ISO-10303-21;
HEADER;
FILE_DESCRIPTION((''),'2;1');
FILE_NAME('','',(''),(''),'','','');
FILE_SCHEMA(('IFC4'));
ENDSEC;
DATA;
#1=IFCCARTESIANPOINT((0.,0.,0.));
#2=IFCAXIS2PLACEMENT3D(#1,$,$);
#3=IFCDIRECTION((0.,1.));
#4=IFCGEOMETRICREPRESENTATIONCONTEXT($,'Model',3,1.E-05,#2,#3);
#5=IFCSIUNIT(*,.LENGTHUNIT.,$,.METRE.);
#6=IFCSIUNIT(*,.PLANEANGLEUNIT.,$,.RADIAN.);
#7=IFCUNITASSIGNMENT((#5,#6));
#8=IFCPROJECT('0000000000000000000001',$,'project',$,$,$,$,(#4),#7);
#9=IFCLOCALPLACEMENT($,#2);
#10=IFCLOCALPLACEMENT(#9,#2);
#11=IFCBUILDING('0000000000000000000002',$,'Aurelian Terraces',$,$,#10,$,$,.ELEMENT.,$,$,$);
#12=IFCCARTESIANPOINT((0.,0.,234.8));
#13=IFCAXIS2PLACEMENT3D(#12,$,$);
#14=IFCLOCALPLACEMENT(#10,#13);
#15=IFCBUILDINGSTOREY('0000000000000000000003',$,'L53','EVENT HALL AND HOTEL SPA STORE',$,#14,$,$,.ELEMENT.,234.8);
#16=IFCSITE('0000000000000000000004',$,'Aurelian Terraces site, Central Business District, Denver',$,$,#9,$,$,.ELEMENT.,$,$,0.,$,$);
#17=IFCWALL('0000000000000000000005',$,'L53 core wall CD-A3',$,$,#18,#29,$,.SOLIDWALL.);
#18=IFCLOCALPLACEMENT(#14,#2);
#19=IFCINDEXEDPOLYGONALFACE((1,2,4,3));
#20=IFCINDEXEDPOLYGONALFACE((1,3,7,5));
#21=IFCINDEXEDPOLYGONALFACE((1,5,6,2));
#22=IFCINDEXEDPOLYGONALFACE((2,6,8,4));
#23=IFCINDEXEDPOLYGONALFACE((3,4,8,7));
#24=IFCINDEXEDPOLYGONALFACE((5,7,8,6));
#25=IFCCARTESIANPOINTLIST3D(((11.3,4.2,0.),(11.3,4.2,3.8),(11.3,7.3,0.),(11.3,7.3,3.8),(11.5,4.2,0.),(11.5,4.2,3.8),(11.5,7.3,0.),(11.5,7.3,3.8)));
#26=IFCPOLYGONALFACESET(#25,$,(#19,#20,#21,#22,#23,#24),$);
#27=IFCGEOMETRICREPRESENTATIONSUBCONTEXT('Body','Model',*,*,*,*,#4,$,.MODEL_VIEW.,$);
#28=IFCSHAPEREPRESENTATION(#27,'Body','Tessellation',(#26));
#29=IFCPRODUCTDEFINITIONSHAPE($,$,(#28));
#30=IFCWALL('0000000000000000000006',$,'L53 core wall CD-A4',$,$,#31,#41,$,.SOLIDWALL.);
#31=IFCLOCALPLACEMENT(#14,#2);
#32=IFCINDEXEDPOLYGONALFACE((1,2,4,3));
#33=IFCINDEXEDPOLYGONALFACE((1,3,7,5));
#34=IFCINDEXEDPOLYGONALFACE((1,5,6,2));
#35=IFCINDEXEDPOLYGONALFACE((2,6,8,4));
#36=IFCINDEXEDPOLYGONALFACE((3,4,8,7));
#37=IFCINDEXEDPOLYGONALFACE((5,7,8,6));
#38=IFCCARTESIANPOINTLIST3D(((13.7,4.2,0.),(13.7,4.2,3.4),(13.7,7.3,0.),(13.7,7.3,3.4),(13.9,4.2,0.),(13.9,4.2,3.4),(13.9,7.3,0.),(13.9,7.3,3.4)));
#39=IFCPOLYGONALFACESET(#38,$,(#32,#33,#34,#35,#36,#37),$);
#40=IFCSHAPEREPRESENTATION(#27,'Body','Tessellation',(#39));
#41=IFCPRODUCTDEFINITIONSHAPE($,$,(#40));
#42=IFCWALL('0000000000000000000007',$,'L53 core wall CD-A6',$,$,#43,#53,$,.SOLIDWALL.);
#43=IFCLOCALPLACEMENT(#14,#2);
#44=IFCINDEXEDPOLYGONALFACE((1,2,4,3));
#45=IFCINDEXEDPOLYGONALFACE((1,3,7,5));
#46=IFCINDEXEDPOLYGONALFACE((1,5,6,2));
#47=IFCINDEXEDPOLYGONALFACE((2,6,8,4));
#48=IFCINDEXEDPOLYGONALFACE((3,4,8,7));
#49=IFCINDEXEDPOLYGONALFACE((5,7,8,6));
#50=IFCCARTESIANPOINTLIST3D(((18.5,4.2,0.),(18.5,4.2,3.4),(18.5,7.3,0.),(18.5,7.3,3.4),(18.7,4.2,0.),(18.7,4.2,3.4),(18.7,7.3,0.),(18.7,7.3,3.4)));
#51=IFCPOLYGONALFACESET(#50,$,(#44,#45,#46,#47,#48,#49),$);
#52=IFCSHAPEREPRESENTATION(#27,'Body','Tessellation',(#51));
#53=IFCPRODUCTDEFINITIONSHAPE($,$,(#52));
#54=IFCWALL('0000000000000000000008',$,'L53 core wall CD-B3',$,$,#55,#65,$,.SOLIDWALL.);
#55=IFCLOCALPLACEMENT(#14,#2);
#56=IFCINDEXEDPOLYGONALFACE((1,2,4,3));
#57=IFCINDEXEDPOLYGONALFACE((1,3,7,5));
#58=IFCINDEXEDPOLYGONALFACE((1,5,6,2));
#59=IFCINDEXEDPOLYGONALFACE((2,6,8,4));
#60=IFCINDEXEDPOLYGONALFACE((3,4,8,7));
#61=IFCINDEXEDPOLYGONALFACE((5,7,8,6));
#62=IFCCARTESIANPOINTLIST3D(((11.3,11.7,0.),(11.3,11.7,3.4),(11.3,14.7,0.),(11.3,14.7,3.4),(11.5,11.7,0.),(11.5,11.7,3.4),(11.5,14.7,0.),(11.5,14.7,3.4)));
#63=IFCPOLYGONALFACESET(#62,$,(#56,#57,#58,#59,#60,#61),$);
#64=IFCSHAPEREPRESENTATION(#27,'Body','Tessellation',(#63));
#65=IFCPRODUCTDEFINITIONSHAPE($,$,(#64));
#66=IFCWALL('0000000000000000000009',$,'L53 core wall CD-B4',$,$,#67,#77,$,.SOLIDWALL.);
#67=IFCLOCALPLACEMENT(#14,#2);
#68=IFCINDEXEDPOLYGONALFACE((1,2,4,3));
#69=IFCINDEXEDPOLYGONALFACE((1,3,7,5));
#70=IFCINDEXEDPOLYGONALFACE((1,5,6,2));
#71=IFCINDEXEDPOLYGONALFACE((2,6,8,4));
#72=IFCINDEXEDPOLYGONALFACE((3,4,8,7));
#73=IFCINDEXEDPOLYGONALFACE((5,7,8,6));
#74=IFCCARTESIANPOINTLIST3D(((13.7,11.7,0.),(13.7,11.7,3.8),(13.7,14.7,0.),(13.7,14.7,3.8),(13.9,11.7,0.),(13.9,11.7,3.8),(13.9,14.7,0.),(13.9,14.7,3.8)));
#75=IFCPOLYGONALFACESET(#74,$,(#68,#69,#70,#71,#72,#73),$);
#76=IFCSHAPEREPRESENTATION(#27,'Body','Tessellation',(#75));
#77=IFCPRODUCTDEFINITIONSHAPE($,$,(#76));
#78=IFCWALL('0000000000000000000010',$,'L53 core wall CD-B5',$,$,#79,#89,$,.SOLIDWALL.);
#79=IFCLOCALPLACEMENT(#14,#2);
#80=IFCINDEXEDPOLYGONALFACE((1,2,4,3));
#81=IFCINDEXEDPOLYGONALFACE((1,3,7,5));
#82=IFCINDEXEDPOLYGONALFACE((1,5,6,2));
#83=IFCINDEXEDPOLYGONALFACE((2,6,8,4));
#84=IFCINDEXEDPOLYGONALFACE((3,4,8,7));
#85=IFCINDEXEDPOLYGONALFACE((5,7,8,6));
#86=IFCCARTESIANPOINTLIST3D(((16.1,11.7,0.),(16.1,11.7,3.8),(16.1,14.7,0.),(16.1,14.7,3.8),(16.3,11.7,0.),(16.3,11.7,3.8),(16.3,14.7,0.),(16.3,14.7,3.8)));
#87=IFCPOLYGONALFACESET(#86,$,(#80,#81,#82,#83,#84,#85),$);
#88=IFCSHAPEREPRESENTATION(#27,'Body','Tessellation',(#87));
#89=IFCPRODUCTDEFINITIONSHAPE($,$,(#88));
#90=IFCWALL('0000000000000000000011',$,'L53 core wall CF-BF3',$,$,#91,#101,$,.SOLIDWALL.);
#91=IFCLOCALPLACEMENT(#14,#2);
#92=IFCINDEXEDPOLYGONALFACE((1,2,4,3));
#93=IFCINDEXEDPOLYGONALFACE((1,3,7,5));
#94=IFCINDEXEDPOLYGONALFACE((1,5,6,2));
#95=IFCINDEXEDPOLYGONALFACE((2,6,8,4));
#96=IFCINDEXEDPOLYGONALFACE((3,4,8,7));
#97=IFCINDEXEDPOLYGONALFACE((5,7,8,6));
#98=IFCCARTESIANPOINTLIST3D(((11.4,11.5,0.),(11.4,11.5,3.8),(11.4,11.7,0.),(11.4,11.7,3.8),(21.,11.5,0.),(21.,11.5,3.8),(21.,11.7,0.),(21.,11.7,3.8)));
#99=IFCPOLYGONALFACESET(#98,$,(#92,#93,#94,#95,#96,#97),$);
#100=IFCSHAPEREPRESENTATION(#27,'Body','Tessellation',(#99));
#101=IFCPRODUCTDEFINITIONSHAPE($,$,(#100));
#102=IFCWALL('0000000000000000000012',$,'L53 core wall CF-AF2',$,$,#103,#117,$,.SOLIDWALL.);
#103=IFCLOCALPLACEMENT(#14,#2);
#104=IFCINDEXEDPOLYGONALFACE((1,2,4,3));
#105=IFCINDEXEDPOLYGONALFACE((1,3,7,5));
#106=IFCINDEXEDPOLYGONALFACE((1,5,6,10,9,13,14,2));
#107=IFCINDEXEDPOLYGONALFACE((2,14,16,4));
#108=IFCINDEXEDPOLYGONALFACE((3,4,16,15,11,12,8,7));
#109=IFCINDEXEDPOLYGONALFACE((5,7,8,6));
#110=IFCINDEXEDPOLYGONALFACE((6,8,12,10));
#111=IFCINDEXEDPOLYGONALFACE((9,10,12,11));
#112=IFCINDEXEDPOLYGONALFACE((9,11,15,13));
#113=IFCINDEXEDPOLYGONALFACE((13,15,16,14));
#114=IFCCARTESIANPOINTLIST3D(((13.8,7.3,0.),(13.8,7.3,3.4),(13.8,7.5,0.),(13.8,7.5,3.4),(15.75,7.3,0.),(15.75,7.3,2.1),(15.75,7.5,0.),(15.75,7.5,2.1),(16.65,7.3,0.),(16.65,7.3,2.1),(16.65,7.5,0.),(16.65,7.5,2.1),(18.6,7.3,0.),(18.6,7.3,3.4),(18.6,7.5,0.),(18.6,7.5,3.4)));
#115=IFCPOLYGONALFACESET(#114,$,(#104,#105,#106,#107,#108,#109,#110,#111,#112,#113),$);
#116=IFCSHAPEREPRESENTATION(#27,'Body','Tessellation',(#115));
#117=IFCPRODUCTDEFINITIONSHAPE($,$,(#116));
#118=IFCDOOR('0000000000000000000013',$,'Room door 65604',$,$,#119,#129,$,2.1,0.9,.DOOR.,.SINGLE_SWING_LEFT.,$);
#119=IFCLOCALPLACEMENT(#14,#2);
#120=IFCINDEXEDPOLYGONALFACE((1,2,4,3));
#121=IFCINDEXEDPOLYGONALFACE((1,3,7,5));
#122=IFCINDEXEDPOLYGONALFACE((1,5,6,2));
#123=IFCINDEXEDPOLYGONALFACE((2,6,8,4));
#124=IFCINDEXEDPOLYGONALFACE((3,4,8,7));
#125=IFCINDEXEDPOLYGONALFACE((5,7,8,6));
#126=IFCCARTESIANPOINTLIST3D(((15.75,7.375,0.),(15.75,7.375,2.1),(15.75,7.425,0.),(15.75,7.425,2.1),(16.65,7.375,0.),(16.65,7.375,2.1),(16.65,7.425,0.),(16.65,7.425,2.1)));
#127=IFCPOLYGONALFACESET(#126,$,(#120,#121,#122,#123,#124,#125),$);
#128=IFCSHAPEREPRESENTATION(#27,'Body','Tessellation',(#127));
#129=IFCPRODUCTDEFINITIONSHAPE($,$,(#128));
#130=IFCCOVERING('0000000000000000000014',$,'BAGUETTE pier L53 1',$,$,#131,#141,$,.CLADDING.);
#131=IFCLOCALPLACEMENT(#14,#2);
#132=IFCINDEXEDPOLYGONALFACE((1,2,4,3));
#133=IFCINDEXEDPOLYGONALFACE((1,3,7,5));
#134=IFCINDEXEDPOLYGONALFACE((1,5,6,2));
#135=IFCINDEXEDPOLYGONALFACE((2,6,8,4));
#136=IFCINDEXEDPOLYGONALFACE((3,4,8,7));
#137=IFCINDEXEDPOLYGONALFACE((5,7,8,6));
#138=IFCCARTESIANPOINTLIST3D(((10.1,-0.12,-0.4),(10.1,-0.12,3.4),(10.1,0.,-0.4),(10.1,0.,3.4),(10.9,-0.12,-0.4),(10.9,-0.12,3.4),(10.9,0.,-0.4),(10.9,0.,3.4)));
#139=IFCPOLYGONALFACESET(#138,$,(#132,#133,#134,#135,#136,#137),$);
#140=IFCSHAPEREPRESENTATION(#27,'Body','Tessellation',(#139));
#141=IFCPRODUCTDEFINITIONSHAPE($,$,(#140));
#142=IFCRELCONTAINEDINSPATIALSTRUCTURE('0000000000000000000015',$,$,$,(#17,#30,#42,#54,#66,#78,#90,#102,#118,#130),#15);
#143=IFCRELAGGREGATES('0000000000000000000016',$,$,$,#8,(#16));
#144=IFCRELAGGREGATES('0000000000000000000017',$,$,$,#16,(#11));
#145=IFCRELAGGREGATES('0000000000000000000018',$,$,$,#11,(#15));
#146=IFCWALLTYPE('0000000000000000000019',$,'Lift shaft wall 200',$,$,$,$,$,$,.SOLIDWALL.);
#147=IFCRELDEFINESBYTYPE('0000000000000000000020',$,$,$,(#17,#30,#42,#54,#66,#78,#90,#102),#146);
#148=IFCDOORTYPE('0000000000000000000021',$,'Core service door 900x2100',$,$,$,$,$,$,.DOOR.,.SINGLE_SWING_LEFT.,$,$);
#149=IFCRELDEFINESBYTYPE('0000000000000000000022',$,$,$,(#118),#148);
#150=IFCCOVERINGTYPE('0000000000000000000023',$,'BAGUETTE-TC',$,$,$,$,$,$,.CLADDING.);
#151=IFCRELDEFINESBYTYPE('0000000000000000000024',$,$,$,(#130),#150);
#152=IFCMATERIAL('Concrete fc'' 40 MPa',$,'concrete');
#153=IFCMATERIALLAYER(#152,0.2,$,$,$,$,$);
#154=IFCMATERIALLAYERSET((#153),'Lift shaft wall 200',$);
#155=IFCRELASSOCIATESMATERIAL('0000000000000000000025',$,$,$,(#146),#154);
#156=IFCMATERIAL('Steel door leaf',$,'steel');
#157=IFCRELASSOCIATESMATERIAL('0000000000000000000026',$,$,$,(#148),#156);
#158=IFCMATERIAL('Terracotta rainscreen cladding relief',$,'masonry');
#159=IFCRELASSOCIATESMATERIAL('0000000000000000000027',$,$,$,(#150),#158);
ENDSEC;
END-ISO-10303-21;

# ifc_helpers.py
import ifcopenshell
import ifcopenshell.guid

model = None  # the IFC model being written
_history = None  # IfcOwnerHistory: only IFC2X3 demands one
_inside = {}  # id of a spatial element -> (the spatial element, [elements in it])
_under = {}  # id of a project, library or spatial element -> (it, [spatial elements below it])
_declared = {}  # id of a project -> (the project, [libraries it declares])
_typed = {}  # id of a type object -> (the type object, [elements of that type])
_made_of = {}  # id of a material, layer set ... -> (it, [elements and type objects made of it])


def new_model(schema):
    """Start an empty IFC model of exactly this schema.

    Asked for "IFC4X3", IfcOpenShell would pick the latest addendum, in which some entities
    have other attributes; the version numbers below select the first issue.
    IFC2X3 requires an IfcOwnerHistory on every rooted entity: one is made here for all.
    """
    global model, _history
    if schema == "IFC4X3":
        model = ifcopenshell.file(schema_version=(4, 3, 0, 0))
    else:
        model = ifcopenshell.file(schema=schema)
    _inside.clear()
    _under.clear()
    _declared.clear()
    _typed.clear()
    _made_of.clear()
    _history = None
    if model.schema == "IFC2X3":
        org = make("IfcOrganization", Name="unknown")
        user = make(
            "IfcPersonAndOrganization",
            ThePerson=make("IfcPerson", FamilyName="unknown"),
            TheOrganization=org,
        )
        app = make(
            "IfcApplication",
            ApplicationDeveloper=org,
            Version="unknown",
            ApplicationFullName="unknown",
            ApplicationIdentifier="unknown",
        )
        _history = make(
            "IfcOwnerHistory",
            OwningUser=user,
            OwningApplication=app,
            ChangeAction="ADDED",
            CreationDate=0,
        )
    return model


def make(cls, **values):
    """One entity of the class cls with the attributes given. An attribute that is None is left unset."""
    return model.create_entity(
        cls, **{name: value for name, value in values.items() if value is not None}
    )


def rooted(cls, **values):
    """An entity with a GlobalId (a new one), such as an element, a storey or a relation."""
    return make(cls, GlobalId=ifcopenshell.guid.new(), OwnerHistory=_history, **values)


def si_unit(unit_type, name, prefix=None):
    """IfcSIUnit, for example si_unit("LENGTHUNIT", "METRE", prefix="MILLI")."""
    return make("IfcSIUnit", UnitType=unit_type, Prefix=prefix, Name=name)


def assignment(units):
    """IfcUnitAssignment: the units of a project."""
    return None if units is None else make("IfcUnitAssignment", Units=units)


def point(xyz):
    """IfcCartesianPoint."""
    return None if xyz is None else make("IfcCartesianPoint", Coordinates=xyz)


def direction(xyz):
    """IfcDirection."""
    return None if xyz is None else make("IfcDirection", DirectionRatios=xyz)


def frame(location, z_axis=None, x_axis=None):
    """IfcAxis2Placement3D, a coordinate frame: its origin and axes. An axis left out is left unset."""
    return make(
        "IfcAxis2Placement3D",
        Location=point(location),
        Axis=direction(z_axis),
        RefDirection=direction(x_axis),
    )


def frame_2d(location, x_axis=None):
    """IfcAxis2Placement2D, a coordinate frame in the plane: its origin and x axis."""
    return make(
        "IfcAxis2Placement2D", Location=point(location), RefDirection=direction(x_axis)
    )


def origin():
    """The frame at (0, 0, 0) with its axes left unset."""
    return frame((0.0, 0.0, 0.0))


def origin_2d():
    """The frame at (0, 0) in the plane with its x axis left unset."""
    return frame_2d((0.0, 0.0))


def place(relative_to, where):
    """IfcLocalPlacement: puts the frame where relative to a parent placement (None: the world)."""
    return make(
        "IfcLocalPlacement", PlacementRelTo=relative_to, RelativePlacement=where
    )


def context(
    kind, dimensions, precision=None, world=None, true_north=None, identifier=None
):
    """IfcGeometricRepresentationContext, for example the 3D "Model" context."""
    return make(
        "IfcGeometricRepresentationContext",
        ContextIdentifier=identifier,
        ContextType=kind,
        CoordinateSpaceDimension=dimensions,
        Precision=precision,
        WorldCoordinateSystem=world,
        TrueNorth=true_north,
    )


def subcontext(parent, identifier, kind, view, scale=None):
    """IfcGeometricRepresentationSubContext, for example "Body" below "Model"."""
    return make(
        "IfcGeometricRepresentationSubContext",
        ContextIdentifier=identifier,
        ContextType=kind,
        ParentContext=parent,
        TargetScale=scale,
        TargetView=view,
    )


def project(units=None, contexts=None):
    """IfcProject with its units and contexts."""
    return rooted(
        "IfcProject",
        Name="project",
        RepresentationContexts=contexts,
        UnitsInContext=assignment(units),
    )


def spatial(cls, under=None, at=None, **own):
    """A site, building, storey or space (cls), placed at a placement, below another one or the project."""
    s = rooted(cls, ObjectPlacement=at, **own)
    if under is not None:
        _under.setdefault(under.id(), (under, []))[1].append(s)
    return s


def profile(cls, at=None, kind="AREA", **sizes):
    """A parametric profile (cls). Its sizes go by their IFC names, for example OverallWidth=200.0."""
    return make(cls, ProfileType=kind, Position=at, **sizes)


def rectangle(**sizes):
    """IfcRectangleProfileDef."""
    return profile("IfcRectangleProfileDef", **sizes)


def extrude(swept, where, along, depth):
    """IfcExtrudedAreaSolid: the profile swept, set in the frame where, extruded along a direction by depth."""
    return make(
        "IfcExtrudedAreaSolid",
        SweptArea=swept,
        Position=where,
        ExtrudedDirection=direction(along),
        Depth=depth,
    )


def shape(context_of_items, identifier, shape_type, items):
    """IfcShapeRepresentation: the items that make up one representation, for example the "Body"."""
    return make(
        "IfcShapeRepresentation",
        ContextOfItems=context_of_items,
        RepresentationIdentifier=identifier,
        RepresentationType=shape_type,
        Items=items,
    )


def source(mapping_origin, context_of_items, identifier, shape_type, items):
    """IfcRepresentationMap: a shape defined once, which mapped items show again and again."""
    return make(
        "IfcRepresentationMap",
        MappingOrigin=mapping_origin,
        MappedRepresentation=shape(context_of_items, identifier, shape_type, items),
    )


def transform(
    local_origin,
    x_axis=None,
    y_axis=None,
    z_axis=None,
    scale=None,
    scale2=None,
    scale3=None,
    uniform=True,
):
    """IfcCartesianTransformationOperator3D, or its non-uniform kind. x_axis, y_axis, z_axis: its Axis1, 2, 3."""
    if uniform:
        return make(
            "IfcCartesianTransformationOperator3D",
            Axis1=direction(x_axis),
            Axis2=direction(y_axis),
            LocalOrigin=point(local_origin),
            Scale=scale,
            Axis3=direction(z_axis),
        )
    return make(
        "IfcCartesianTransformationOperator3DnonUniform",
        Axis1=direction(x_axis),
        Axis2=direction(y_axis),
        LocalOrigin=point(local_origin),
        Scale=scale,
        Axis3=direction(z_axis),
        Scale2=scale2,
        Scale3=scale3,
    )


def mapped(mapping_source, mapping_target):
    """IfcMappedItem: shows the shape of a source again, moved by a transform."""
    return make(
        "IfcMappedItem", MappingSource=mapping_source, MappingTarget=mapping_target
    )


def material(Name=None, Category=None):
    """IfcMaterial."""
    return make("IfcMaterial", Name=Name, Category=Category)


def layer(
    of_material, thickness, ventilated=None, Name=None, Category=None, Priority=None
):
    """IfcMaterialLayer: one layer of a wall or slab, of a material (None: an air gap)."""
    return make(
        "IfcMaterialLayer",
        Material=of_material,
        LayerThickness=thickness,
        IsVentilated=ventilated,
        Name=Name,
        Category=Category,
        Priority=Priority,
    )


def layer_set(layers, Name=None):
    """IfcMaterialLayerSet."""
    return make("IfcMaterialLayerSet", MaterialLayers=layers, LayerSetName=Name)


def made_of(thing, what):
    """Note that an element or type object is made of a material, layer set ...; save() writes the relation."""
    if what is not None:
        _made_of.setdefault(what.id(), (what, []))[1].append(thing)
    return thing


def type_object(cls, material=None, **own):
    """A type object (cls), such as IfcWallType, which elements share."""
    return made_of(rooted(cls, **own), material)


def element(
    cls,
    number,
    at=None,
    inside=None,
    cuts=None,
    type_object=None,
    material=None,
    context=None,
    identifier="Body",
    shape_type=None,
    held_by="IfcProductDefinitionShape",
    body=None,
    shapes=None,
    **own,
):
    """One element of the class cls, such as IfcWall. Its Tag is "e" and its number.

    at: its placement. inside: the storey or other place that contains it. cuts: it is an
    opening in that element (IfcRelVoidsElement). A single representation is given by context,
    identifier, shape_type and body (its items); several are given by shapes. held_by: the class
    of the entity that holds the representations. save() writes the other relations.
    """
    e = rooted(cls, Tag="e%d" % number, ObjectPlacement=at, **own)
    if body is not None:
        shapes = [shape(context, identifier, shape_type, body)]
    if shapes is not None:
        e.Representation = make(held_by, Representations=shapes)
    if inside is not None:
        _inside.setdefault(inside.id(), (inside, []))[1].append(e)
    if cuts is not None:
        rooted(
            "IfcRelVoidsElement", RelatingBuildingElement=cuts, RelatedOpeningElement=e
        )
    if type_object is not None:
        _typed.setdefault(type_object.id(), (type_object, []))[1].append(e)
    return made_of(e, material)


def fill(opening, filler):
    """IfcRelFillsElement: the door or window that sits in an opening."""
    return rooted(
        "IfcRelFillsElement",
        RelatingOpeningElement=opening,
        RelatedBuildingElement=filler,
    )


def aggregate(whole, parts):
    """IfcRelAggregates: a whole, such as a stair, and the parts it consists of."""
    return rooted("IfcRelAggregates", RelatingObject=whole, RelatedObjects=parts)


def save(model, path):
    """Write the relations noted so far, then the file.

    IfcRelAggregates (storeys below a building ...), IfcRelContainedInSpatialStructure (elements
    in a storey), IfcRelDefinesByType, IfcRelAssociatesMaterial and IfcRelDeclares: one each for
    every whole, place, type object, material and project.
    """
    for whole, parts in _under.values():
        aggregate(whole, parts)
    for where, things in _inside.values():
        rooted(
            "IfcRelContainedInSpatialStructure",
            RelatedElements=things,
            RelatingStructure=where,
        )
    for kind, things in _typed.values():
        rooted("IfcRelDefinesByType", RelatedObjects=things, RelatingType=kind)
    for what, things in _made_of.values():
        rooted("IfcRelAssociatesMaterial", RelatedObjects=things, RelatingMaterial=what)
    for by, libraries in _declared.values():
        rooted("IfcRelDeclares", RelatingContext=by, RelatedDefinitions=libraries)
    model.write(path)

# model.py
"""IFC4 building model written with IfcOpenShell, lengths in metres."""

from ifc_helpers import new_model, si_unit, direction, frame, frame_2d, origin, origin_2d, place, context, subcontext, project, spatial, rectangle, extrude, source, transform, mapped, material, layer, layer_set, type_object, element, fill, save


model = new_model("IFC4")

# Units and contexts
model_context = context("Model", 3, precision=1e-05, world=origin(), true_north=direction((0.0, 1.0)))
body_context = subcontext(model_context, "Body", "Model", "MODEL_VIEW")
ifc_project = project(units=[si_unit("LENGTHUNIT", "METRE"), si_unit("PLANEANGLEUNIT", "RADIAN")], contexts=[model_context])

# Site, building, storey
site_placement = place(None, origin())
site = spatial("IfcSite", under=ifc_project, at=site_placement, Name="Aurelian Terraces site, Central Business District, Denver", CompositionType="ELEMENT", RefElevation=0.0)
building_placement = place(site_placement, origin())
building = spatial("IfcBuilding", under=site, at=building_placement, Name="Aurelian Terraces", CompositionType="ELEMENT")
storey_placement = place(building_placement, frame((0.0, 0.0, 234.8)))
storey = spatial("IfcBuildingStorey", under=building, at=storey_placement, Name="L53", Description="EVENT HALL AND HOTEL SPA STORE", CompositionType="ELEMENT", Elevation=234.8)

# Shared definitions
ifc_material_1 = material(Name="Concrete fc' 40 MPa", Category="concrete")

# Walls
ifc_layer_1 = layer(ifc_material_1, 0.2)
ifc_layer_set_1 = layer_set([ifc_layer_1], Name="Lift shaft wall 200")
wall_type_1 = type_object("IfcWallType", Name="Lift shaft wall 200", PredefinedType="SOLIDWALL", material=ifc_layer_set_1)
shared_shape_1 = source(origin(), body_context, "Body", "SweptSolid", [
    extrude(rectangle(XDim=3.1, YDim=0.2, at=frame_2d((1.55, 0.0))), origin(), (0.0, 0.0, 1.0), 3.8),
])
wall_1_placement = place(storey_placement, frame((11.4, 4.2, 0.0), z_axis=(0.0, 0.0, 1.0), x_axis=(0.0, 1.0, 0.0)))
element("IfcWall", 1, at=wall_1_placement, inside=storey, type_object=wall_type_1, Name="L53 core wall CD-A3", PredefinedType="SOLIDWALL", context=body_context, shape_type="MappedRepresentation", body=[
    mapped(shared_shape_1, transform((0.0, 0.0, 0.0), scale=1.0)),
])
shared_shape_2 = source(origin(), body_context, "Body", "SweptSolid", [
    extrude(rectangle(XDim=3.1, YDim=0.2, at=frame_2d((1.55, 0.0))), origin(), (0.0, 0.0, 1.0), 3.4),
])
for number, where, z_axis, x_axis, name in (
    (2, (13.8, 4.2, 0.0), (0.0, 0.0, 1.0), (0.0, 1.0, 0.0), "L53 core wall CD-A4"),
    (3, (18.6, 4.2, 0.0), (0.0, 0.0, 1.0), (0.0, 1.0, 0.0), "L53 core wall CD-A6"),
):
    element("IfcWall", number, at=place(storey_placement, frame(where, z_axis=z_axis, x_axis=x_axis)), inside=storey, type_object=wall_type_1, Name=name, PredefinedType="SOLIDWALL", context=body_context, shape_type="MappedRepresentation", body=[
        mapped(shared_shape_2, transform((0.0, 0.0, 0.0), scale=1.0)),
    ])
shared_shape_3 = source(origin(), body_context, "Body", "SweptSolid", [
    extrude(rectangle(XDim=3.0, YDim=0.2, at=frame_2d((1.5, 0.0))), origin(), (0.0, 0.0, 1.0), 3.4),
])
wall_2_placement = place(storey_placement, frame((11.4, 11.7, 0.0), z_axis=(0.0, 0.0, 1.0), x_axis=(0.0, 1.0, 0.0)))
element("IfcWall", 4, at=wall_2_placement, inside=storey, type_object=wall_type_1, Name="L53 core wall CD-B3", PredefinedType="SOLIDWALL", context=body_context, shape_type="MappedRepresentation", body=[
    mapped(shared_shape_3, transform((0.0, 0.0, 0.0), scale=1.0)),
])
shared_shape_4 = source(origin(), body_context, "Body", "SweptSolid", [
    extrude(rectangle(XDim=3.0, YDim=0.2, at=frame_2d((1.5, 0.0))), origin(), (0.0, 0.0, 1.0), 3.8),
])
for number, where, z_axis, x_axis, name in (
    (5, (13.8, 11.7, 0.0), (0.0, 0.0, 1.0), (0.0, 1.0, 0.0), "L53 core wall CD-B4"),
    (6, (16.2, 11.7, 0.0), (0.0, 0.0, 1.0), (0.0, 1.0, 0.0), "L53 core wall CD-B5"),
):
    element("IfcWall", number, at=place(storey_placement, frame(where, z_axis=z_axis, x_axis=x_axis)), inside=storey, type_object=wall_type_1, Name=name, PredefinedType="SOLIDWALL", context=body_context, shape_type="MappedRepresentation", body=[
        mapped(shared_shape_4, transform((0.0, 0.0, 0.0), scale=1.0)),
    ])
shared_shape_5 = source(origin(), body_context, "Body", "SweptSolid", [
    extrude(rectangle(XDim=9.6, YDim=0.2, at=frame_2d((4.8, 0.0))), origin(), (0.0, 0.0, 1.0), 3.8),
])
wall_3_placement = place(storey_placement, frame((11.4, 11.6, 0.0), z_axis=(0.0, 0.0, 1.0), x_axis=(1.0, 0.0, 0.0)))
element("IfcWall", 7, at=wall_3_placement, inside=storey, type_object=wall_type_1, Name="L53 core wall CF-BF3", PredefinedType="SOLIDWALL", context=body_context, shape_type="MappedRepresentation", body=[
    mapped(shared_shape_5, transform((0.0, 0.0, 0.0), scale=1.0)),
])

# Wall, opening, door
shared_shape_6 = source(origin(), body_context, "Body", "SweptSolid", [
    extrude(rectangle(XDim=4.8, YDim=0.2, at=frame_2d((2.4, 0.0))), origin(), (0.0, 0.0, 1.0), 3.4),
])
wall_4_placement = place(storey_placement, frame((13.8, 7.4, 0.0), z_axis=(0.0, 0.0, 1.0), x_axis=(1.0, 0.0, 0.0)))
wall_4 = element("IfcWall", 8, at=wall_4_placement, inside=storey, type_object=wall_type_1, Name="L53 core wall CF-AF2", PredefinedType="SOLIDWALL", context=body_context, shape_type="MappedRepresentation", body=[
    mapped(shared_shape_6, transform((0.0, 0.0, 0.0), scale=1.0)),
])
shared_shape_7 = source(origin(), body_context, "Body", "SweptSolid", [
    extrude(rectangle(XDim=0.9, YDim=2.1, at=frame_2d((0.45, 1.05))), frame((0.0, 0.11, 0.0), z_axis=(0.0, -1.0, 0.0), x_axis=(1.0, 0.0, 0.0)), (0.0, 0.0, 1.0), 0.22),
])
opening_1_placement = place(wall_4_placement, frame((1.95, 0.0, 0.0)))
opening_1 = element("IfcOpeningElement", 9, at=opening_1_placement, cuts=wall_4, PredefinedType="OPENING", context=body_context, shape_type="MappedRepresentation", body=[
    mapped(shared_shape_7, transform((0.0, 0.0, 0.0), scale=1.0)),
])
ifc_material_2 = material(Name="Steel door leaf", Category="steel")
door_type_1 = type_object("IfcDoorType", Name="Core service door 900x2100", OperationType="SINGLE_SWING_LEFT", PredefinedType="DOOR", material=ifc_material_2)
shared_shape_8 = source(origin(), body_context, "Body", "SweptSolid", [
    extrude(rectangle(XDim=0.9, YDim=2.1, at=frame_2d((0.45, 1.05))), frame((0.0, 0.025, 0.0), z_axis=(0.0, -1.0, 0.0), x_axis=(1.0, 0.0, 0.0)), (0.0, 0.0, 1.0), 0.05),
])
door_1_placement = place(opening_1_placement, origin())
door_1 = element("IfcDoor", 10, at=door_1_placement, inside=storey, type_object=door_type_1, Name="Room door 65604", OperationType="SINGLE_SWING_LEFT", OverallHeight=2.1, OverallWidth=0.9, PredefinedType="DOOR", context=body_context, shape_type="MappedRepresentation", body=[
    mapped(shared_shape_8, transform((0.0, 0.0, 0.0), scale=1.0)),
])
fill(opening_1, door_1)

# Covering
ifc_material_3 = material(Name="Terracotta rainscreen cladding relief", Category="masonry")
covering_type = type_object("IfcCoveringType", Name="BAGUETTE-TC", PredefinedType="CLADDING", material=ifc_material_3)
shared_shape_9 = source(origin(), body_context, "Body", "SweptSolid", [
    extrude(rectangle(XDim=0.8, YDim=0.12, at=origin_2d()), origin(), (0.0, 0.0, 1.0), 3.8),
])
covering_placement = place(storey_placement, frame((10.5, -0.06, -0.4), z_axis=(0.0, 0.0, 1.0), x_axis=(1.0, 0.0, 0.0)))
element("IfcCovering", 11, at=covering_placement, inside=storey, type_object=covering_type, Name="BAGUETTE pier L53 1", PredefinedType="CLADDING", context=body_context, shape_type="MappedRepresentation", body=[
    mapped(shared_shape_9, transform((0.0, 0.0, 0.0), scale=1.0)),
])

save(model, "model.ifc")
